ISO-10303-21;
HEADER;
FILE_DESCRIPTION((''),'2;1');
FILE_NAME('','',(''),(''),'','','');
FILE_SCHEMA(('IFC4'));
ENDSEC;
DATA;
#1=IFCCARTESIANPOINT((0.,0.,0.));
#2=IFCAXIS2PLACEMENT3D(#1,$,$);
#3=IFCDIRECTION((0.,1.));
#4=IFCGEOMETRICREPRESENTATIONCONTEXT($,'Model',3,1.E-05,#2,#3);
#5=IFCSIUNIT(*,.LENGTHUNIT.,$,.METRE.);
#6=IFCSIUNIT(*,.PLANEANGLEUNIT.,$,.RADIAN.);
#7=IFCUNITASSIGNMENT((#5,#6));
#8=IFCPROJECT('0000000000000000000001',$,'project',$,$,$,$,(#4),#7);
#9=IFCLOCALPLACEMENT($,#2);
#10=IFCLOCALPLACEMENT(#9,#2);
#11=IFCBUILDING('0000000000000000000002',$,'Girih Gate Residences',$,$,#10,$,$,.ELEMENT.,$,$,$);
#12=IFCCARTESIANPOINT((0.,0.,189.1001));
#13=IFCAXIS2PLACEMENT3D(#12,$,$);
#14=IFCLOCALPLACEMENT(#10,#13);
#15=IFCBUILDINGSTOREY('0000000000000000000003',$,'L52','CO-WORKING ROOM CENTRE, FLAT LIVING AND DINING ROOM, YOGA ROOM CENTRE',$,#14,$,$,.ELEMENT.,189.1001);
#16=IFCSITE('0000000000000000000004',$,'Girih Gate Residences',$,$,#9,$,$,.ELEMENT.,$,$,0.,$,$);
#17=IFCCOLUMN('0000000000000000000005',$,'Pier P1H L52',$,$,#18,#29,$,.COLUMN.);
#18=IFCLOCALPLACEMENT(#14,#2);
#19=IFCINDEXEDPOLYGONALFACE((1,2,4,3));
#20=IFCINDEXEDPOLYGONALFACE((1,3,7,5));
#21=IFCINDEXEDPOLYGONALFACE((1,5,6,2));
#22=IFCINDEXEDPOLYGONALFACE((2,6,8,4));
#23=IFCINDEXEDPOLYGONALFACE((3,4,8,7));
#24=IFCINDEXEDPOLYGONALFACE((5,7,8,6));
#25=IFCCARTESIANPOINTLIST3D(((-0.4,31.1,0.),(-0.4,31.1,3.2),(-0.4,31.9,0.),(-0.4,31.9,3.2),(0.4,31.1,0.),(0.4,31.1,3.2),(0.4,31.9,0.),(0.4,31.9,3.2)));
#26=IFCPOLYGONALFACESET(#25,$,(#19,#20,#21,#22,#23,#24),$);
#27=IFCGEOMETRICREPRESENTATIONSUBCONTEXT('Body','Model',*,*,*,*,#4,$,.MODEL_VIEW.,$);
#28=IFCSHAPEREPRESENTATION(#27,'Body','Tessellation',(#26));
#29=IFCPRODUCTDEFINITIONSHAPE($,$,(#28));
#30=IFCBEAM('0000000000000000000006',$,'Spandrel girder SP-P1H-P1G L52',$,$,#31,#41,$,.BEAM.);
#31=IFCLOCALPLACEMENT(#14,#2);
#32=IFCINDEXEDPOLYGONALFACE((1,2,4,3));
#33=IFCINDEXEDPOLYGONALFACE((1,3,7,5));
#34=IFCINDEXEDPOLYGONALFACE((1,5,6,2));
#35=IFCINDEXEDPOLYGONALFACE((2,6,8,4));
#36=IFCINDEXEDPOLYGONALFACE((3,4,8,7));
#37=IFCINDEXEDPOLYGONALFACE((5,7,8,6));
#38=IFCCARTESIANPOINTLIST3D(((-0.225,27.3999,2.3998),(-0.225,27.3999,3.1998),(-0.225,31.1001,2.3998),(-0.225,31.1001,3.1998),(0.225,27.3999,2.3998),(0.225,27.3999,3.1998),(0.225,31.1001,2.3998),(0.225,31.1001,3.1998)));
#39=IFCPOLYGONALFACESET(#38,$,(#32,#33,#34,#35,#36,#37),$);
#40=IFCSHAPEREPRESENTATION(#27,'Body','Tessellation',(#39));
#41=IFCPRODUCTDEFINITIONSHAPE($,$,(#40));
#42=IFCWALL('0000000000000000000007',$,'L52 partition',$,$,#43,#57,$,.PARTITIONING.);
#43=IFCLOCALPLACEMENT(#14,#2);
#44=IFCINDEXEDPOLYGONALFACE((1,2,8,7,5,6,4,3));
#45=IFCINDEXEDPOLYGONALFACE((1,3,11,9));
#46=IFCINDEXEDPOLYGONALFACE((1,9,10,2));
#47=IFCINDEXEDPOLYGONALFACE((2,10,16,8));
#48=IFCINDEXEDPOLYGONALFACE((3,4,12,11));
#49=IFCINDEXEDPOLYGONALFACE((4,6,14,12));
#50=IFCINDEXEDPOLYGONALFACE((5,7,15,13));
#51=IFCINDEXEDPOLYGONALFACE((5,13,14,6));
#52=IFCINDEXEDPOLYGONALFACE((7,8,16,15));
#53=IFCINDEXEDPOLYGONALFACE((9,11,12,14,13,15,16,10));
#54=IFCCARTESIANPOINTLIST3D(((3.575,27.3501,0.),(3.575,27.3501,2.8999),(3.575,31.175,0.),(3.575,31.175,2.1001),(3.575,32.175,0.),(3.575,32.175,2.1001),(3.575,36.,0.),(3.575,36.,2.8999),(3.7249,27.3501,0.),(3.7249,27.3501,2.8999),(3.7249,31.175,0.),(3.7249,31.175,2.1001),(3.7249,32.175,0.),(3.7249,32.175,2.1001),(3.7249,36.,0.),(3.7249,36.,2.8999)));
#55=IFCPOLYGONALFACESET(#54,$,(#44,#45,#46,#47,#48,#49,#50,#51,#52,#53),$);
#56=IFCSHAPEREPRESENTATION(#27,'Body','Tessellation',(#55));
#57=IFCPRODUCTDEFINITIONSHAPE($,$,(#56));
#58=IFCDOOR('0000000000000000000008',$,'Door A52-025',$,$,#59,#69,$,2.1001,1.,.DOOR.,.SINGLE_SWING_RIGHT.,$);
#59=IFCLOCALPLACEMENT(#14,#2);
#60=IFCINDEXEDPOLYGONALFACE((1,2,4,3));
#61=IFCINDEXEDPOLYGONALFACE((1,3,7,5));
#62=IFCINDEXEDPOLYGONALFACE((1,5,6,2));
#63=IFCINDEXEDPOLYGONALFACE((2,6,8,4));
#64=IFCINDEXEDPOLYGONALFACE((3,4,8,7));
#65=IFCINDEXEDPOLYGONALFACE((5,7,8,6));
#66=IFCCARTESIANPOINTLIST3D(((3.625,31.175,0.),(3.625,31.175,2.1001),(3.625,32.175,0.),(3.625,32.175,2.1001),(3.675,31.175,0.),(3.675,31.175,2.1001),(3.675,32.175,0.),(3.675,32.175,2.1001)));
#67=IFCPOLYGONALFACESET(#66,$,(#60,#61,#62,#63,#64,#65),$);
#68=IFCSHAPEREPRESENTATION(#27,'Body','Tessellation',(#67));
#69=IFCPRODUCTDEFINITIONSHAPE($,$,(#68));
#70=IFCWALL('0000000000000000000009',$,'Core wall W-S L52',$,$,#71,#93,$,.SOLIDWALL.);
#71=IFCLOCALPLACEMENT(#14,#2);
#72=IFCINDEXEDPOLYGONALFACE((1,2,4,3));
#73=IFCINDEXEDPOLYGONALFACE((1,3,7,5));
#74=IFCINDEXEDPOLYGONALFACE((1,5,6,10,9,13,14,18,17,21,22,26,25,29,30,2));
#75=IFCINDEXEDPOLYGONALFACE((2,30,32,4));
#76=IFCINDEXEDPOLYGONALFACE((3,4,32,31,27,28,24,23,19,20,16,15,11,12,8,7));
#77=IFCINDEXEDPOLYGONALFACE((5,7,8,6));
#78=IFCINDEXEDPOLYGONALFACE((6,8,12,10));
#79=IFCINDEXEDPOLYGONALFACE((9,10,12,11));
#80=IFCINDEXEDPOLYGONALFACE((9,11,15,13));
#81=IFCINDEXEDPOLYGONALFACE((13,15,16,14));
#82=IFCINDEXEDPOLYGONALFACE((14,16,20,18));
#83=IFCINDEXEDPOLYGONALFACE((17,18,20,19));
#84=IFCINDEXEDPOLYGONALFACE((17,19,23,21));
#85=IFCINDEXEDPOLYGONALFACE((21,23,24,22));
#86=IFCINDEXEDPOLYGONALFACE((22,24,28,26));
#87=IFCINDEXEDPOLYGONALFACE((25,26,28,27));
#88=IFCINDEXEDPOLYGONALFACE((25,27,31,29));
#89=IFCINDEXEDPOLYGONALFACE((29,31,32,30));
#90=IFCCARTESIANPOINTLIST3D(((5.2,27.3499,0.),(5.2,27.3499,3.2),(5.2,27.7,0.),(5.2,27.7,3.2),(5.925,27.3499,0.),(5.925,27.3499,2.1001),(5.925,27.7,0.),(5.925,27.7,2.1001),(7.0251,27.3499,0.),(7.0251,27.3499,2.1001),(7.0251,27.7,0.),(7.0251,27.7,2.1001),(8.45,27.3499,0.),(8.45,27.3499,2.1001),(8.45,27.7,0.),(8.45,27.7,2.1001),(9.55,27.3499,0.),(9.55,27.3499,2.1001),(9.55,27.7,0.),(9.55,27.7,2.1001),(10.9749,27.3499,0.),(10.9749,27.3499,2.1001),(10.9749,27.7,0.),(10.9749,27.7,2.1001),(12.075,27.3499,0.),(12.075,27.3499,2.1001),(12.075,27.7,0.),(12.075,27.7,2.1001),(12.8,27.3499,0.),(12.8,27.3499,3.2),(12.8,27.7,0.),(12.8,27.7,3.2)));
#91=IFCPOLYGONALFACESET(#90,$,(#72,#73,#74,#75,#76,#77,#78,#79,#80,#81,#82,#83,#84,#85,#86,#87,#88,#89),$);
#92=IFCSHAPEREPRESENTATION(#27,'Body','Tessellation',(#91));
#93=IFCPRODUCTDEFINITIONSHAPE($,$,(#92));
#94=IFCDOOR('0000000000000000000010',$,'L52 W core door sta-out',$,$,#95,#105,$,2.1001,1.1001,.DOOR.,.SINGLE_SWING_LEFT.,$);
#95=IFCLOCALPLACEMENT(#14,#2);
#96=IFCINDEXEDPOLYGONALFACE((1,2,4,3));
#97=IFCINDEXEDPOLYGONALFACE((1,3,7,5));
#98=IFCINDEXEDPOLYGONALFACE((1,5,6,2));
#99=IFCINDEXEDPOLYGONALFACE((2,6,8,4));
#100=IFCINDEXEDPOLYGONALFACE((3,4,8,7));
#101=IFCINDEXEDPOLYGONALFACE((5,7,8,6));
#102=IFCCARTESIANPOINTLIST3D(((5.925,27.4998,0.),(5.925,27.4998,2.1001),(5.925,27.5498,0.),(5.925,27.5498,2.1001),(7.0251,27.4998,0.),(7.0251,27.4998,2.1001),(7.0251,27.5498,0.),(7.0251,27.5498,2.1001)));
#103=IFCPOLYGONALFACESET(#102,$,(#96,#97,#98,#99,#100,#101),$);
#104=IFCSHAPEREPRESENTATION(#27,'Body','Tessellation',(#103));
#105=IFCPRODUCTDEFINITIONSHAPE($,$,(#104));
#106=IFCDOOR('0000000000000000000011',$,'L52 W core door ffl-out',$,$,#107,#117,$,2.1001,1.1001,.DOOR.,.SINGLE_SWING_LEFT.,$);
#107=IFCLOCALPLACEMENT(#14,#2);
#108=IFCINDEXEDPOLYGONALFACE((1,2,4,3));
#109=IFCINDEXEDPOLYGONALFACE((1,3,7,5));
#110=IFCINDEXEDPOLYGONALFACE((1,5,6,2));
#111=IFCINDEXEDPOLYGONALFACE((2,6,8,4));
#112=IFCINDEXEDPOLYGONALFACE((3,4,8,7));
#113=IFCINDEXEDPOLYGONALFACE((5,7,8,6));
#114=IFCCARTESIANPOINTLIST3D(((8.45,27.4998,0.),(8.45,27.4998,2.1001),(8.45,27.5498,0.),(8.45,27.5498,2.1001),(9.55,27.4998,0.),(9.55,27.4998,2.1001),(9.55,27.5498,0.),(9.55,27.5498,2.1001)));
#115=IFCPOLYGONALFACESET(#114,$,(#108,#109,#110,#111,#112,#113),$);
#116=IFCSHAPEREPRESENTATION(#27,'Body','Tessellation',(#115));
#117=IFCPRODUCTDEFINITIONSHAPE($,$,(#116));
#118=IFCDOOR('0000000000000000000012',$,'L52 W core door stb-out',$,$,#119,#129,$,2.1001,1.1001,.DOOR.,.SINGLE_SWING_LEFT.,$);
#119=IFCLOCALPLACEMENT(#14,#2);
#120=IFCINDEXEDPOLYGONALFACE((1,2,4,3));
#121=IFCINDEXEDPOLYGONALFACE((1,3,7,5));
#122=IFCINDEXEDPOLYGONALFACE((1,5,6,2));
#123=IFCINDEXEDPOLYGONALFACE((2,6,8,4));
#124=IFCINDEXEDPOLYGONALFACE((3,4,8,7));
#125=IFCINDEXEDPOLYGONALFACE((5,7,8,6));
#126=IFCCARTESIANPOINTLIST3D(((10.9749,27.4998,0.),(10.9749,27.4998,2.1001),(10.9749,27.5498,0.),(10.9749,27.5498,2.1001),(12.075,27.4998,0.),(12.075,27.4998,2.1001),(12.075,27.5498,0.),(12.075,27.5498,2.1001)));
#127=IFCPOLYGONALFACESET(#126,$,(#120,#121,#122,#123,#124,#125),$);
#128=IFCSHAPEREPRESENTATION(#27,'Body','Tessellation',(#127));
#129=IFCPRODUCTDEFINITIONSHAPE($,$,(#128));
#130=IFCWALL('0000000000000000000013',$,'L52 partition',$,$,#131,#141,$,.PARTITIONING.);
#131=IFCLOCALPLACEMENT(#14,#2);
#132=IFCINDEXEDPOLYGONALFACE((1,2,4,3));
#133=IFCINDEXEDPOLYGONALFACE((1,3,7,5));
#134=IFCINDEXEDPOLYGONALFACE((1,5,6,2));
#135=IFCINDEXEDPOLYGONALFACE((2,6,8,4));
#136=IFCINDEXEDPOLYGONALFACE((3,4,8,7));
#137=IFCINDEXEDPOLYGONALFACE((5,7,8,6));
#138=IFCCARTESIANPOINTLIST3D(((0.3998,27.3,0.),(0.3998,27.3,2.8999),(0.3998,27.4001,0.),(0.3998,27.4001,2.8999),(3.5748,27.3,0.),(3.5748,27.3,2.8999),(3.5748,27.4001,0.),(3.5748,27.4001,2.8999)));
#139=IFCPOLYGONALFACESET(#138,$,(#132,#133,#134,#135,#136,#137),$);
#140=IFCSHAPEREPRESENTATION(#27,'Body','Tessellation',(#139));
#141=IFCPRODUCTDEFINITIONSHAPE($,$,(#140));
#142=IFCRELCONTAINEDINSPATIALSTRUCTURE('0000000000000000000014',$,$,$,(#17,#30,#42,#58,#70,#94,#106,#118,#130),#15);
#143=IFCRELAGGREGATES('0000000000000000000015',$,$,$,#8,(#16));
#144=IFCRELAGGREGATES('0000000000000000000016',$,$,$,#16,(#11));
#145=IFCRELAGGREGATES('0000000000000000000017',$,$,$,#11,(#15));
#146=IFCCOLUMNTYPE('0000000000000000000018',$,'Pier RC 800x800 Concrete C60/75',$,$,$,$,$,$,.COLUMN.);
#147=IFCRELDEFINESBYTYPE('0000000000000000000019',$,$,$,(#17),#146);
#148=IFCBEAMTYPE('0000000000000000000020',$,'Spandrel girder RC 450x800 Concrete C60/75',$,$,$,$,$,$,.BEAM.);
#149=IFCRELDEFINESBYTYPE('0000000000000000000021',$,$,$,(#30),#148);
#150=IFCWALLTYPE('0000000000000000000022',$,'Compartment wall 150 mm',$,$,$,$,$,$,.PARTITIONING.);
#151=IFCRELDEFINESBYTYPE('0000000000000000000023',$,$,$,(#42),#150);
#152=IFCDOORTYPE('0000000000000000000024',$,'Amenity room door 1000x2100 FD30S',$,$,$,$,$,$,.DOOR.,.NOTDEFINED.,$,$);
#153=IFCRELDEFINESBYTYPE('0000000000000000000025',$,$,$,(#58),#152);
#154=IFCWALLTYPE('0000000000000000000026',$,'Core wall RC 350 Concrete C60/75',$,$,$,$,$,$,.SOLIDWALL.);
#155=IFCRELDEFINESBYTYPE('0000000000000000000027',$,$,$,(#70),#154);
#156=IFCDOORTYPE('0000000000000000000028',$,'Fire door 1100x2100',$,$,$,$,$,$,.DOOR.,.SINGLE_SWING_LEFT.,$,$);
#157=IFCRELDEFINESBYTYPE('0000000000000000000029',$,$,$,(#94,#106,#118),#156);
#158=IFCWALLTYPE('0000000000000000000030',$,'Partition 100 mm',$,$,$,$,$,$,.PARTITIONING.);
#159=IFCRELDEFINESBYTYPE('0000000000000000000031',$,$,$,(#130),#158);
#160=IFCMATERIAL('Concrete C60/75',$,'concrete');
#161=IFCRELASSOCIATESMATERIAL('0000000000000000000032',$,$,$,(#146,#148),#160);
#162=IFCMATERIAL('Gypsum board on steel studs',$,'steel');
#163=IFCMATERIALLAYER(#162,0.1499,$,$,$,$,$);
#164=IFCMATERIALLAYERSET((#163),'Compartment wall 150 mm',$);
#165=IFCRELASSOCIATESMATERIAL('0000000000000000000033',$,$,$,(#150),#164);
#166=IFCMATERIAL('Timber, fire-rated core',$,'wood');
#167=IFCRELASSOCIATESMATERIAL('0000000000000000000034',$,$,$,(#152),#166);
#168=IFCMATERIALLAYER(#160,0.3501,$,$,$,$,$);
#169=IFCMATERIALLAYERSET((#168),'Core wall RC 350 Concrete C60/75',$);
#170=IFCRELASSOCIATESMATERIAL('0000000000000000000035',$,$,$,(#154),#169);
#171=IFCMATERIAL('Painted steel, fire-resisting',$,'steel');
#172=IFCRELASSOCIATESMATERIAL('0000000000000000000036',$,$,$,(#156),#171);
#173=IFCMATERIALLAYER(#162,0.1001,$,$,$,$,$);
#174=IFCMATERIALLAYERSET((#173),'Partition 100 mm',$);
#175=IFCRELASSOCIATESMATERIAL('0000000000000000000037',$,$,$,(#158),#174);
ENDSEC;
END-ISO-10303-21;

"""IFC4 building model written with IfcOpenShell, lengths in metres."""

from ifc_helpers import new_model, si_unit, direction, frame, frame_2d, origin, origin_2d, place, context, subcontext, project, spatial, rectangle, extrude, material, layer, layer_set, material_profile, profile_set, type_object, element, fill, save


model = new_model("IFC4")

# Units and contexts
model_context = context("Model", 3, precision=1e-05, world=origin(), true_north=direction((0.0, 1.0)))
body_context = subcontext(model_context, "Body", "Model", "MODEL_VIEW")
ifc_project = project(units=[si_unit("LENGTHUNIT", "METRE"), si_unit("PLANEANGLEUNIT", "RADIAN")], contexts=[model_context])

# Site, building, storey
site_placement = place(None, origin())
site = spatial("IfcSite", under=ifc_project, at=site_placement, Name="Girih Gate Residences", CompositionType="ELEMENT", RefElevation=0.0)
building_placement = place(site_placement, origin())
building = spatial("IfcBuilding", under=site, at=building_placement, Name="Girih Gate Residences", CompositionType="ELEMENT")
storey_placement = place(building_placement, frame((0.0, 0.0, 189.1001)))
storey = spatial("IfcBuildingStorey", under=building, at=storey_placement, Name="L52", Description="CO-WORKING ROOM CENTRE, FLAT LIVING AND DINING ROOM, YOGA ROOM CENTRE", CompositionType="ELEMENT", Elevation=189.1001)

# Column
ifc_material_1 = material(Name="Concrete C60/75", Category="concrete")
ifc_material_profile_1 = material_profile(ifc_material_1, rectangle(XDim=0.8, YDim=0.8, at=origin_2d()))
ifc_profile_set_1 = profile_set([ifc_material_profile_1], Name="Concrete C60/75")
column_type = type_object("IfcColumnType", Name="Pier RC 800x800 Concrete C60/75", PredefinedType="COLUMN", material=ifc_profile_set_1)
column_placement = place(storey_placement, frame((0.0, 31.5, 0.0), z_axis=(0.0, 0.0, 1.0), x_axis=(1.0, 0.0, 0.0)))
element("IfcColumn", 1, at=column_placement, inside=storey, type_object=column_type, Name="Pier P1H L52", PredefinedType="COLUMN", context=body_context, shape_type="SweptSolid", body=[
    extrude(rectangle(XDim=0.8, YDim=0.8, at=origin_2d()), origin(), (0.0, 0.0, 1.0), 3.2),
])

# Beam
ifc_material_profile_2 = material_profile(ifc_material_1, rectangle(XDim=0.45, YDim=0.8, at=origin_2d()))
ifc_profile_set_2 = profile_set([ifc_material_profile_2], Name="Concrete C60/75")
beam_type = type_object("IfcBeamType", Name="Spandrel girder RC 450x800 Concrete C60/75", PredefinedType="BEAM", material=ifc_profile_set_2)
beam_placement = place(storey_placement, frame((0.0, 31.1001, 2.7998), z_axis=(0.0, -1.0, 0.0), x_axis=(1.0, 0.0, 0.0)))
element("IfcBeam", 2, at=beam_placement, inside=storey, type_object=beam_type, Name="Spandrel girder SP-P1H-P1G L52", PredefinedType="BEAM", context=body_context, shape_type="SweptSolid", body=[
    extrude(rectangle(XDim=0.45, YDim=0.8, at=origin_2d()), origin(), (0.0, 0.0, 1.0), 3.7002),
])

# Wall, opening, door
ifc_material_2 = material(Name="Gypsum board on steel studs", Category="steel")
ifc_layer_1 = layer(ifc_material_2, 0.1499)
ifc_layer_set_1 = layer_set([ifc_layer_1], Name="Compartment wall 150 mm")
wall_type_1 = type_object("IfcWallType", Name="Compartment wall 150 mm", PredefinedType="PARTITIONING", material=ifc_layer_set_1)
wall_1_placement = place(storey_placement, frame((3.6499, 27.3501, 0.0), z_axis=(0.0, 0.0, 1.0), x_axis=(0.0, 1.0, 0.0)))
wall_1 = element("IfcWall", 3, at=wall_1_placement, inside=storey, type_object=wall_type_1, Name="L52 partition", PredefinedType="PARTITIONING", context=body_context, shape_type="SweptSolid", body=[
    extrude(rectangle(XDim=8.6499, YDim=0.1499, at=frame_2d((4.325, 0.0))), origin(), (0.0, 0.0, 1.0), 2.8999),
])
opening_1_placement = place(wall_1_placement, frame((3.825, 0.0, 0.0)))
opening_1 = element("IfcOpeningElement", 4, at=opening_1_placement, cuts=wall_1, PredefinedType="OPENING", context=body_context, shape_type="SweptSolid", body=[
    extrude(rectangle(XDim=1.0, YDim=2.1001, at=frame_2d((0.5, 1.05))), frame((0.0, 0.085, 0.0), z_axis=(0.0, -1.0, 0.0), x_axis=(1.0, 0.0, 0.0)), (0.0, 0.0, 1.0), 0.1699),
])
ifc_material_3 = material(Name="Timber, fire-rated core", Category="wood")
door_type_1 = type_object("IfcDoorType", Name="Amenity room door 1000x2100 FD30S", OperationType="NOTDEFINED", PredefinedType="DOOR", material=ifc_material_3)
door_1_placement = place(opening_1_placement, origin())
door_1 = element("IfcDoor", 5, at=door_1_placement, inside=storey, type_object=door_type_1, Name="Door A52-025", OperationType="SINGLE_SWING_RIGHT", OverallHeight=2.1001, OverallWidth=1.0, PredefinedType="DOOR", context=body_context, shape_type="SweptSolid", body=[
    extrude(rectangle(XDim=1.0, YDim=2.1001, at=frame_2d((0.5, 1.05))), frame((0.0, 0.0249, 0.0), z_axis=(0.0, -1.0, 0.0), x_axis=(1.0, 0.0, 0.0)), (0.0, 0.0, 1.0), 0.05),
])
fill(opening_1, door_1)

# Wall, openings, doors
ifc_layer_2 = layer(ifc_material_1, 0.3501)
ifc_layer_set_2 = layer_set([ifc_layer_2], Name="Core wall RC 350 Concrete C60/75")
wall_type_2 = type_object("IfcWallType", Name="Core wall RC 350 Concrete C60/75", PredefinedType="SOLIDWALL", material=ifc_layer_set_2)
wall_2_placement = place(storey_placement, frame((5.2, 27.5249, 0.0), z_axis=(0.0, 0.0, 1.0), x_axis=(1.0, 0.0, 0.0)))
wall_2 = element("IfcWall", 6, at=wall_2_placement, inside=storey, type_object=wall_type_2, Name="Core wall W-S L52", PredefinedType="SOLIDWALL", context=body_context, shape_type="SweptSolid", body=[
    extrude(rectangle(XDim=7.6001, YDim=0.3501, at=frame_2d((3.8, 0.0))), origin(), (0.0, 0.0, 1.0), 3.2),
])
opening_2_placement = place(wall_2_placement, frame((0.7251, 0.0, 0.0)))
opening_2 = element("IfcOpeningElement", 7, at=opening_2_placement, cuts=wall_2, PredefinedType="OPENING", context=body_context, shape_type="SweptSolid", body=[
    extrude(rectangle(XDim=1.1001, YDim=2.1001, at=frame_2d((0.55, 1.05))), frame((0.0, 0.1851, 0.0), z_axis=(0.0, -1.0, 0.0), x_axis=(1.0, 0.0, 0.0)), (0.0, 0.0, 1.0), 0.3701),
])
opening_3_placement = place(wall_2_placement, frame((3.25, 0.0, 0.0)))
opening_3 = element("IfcOpeningElement", 8, at=opening_3_placement, cuts=wall_2, PredefinedType="OPENING", context=body_context, shape_type="SweptSolid", body=[
    extrude(rectangle(XDim=1.1001, YDim=2.1001, at=frame_2d((0.55, 1.05))), frame((0.0, 0.1851, 0.0), z_axis=(0.0, -1.0, 0.0), x_axis=(1.0, 0.0, 0.0)), (0.0, 0.0, 1.0), 0.3701),
])
opening_4_placement = place(wall_2_placement, frame((5.7749, 0.0, 0.0)))
opening_4 = element("IfcOpeningElement", 9, at=opening_4_placement, cuts=wall_2, PredefinedType="OPENING", context=body_context, shape_type="SweptSolid", body=[
    extrude(rectangle(XDim=1.1001, YDim=2.1001, at=frame_2d((0.55, 1.05))), frame((0.0, 0.1851, 0.0), z_axis=(0.0, -1.0, 0.0), x_axis=(1.0, 0.0, 0.0)), (0.0, 0.0, 1.0), 0.3701),
])
ifc_material_4 = material(Name="Painted steel, fire-resisting", Category="steel")
door_type_2 = type_object("IfcDoorType", Name="Fire door 1100x2100", OperationType="SINGLE_SWING_LEFT", PredefinedType="DOOR", material=ifc_material_4)
door_2_placement = place(opening_2_placement, origin())
door_2 = element("IfcDoor", 10, at=door_2_placement, inside=storey, type_object=door_type_2, Name="L52 W core door sta-out", OperationType="SINGLE_SWING_LEFT", OverallHeight=2.1001, OverallWidth=1.1001, PredefinedType="DOOR", context=body_context, shape_type="SweptSolid", body=[
    extrude(rectangle(XDim=1.1001, YDim=2.1001, at=frame_2d((0.55, 1.05))), frame((0.0, 0.0249, 0.0), z_axis=(0.0, -1.0, 0.0), x_axis=(1.0, 0.0, 0.0)), (0.0, 0.0, 1.0), 0.05),
])
fill(opening_2, door_2)
door_3_placement = place(opening_3_placement, origin())
door_3 = element("IfcDoor", 11, at=door_3_placement, inside=storey, type_object=door_type_2, Name="L52 W core door ffl-out", OperationType="SINGLE_SWING_LEFT", OverallHeight=2.1001, OverallWidth=1.1001, PredefinedType="DOOR", context=body_context, shape_type="SweptSolid", body=[
    extrude(rectangle(XDim=1.1001, YDim=2.1001, at=frame_2d((0.55, 1.05))), frame((0.0, 0.0249, 0.0), z_axis=(0.0, -1.0, 0.0), x_axis=(1.0, 0.0, 0.0)), (0.0, 0.0, 1.0), 0.05),
])
fill(opening_3, door_3)
door_4_placement = place(opening_4_placement, origin())
door_4 = element("IfcDoor", 12, at=door_4_placement, inside=storey, type_object=door_type_2, Name="L52 W core door stb-out", OperationType="SINGLE_SWING_LEFT", OverallHeight=2.1001, OverallWidth=1.1001, PredefinedType="DOOR", context=body_context, shape_type="SweptSolid", body=[
    extrude(rectangle(XDim=1.1001, YDim=2.1001, at=frame_2d((0.55, 1.05))), frame((0.0, 0.0249, 0.0), z_axis=(0.0, -1.0, 0.0), x_axis=(1.0, 0.0, 0.0)), (0.0, 0.0, 1.0), 0.05),
])
fill(opening_4, door_4)

# Wall
ifc_layer_3 = layer(ifc_material_2, 0.1001)
ifc_layer_set_3 = layer_set([ifc_layer_3], Name="Partition 100 mm")
wall_type_3 = type_object("IfcWallType", Name="Partition 100 mm", PredefinedType="PARTITIONING", material=ifc_layer_set_3)
wall_3_placement = place(storey_placement, frame((0.3999, 27.3501, 0.0), z_axis=(0.0, 0.0, 1.0), x_axis=(1.0, 0.0, 0.0)))
element("IfcWall", 13, at=wall_3_placement, inside=storey, type_object=wall_type_3, Name="L52 partition", PredefinedType="PARTITIONING", context=body_context, shape_type="SweptSolid", body=[
    extrude(rectangle(XDim=3.175, YDim=0.1001, at=frame_2d((1.5874, 0.0))), origin(), (0.0, 0.0, 1.0), 2.8999),
])

save(model, "model.ifc")
